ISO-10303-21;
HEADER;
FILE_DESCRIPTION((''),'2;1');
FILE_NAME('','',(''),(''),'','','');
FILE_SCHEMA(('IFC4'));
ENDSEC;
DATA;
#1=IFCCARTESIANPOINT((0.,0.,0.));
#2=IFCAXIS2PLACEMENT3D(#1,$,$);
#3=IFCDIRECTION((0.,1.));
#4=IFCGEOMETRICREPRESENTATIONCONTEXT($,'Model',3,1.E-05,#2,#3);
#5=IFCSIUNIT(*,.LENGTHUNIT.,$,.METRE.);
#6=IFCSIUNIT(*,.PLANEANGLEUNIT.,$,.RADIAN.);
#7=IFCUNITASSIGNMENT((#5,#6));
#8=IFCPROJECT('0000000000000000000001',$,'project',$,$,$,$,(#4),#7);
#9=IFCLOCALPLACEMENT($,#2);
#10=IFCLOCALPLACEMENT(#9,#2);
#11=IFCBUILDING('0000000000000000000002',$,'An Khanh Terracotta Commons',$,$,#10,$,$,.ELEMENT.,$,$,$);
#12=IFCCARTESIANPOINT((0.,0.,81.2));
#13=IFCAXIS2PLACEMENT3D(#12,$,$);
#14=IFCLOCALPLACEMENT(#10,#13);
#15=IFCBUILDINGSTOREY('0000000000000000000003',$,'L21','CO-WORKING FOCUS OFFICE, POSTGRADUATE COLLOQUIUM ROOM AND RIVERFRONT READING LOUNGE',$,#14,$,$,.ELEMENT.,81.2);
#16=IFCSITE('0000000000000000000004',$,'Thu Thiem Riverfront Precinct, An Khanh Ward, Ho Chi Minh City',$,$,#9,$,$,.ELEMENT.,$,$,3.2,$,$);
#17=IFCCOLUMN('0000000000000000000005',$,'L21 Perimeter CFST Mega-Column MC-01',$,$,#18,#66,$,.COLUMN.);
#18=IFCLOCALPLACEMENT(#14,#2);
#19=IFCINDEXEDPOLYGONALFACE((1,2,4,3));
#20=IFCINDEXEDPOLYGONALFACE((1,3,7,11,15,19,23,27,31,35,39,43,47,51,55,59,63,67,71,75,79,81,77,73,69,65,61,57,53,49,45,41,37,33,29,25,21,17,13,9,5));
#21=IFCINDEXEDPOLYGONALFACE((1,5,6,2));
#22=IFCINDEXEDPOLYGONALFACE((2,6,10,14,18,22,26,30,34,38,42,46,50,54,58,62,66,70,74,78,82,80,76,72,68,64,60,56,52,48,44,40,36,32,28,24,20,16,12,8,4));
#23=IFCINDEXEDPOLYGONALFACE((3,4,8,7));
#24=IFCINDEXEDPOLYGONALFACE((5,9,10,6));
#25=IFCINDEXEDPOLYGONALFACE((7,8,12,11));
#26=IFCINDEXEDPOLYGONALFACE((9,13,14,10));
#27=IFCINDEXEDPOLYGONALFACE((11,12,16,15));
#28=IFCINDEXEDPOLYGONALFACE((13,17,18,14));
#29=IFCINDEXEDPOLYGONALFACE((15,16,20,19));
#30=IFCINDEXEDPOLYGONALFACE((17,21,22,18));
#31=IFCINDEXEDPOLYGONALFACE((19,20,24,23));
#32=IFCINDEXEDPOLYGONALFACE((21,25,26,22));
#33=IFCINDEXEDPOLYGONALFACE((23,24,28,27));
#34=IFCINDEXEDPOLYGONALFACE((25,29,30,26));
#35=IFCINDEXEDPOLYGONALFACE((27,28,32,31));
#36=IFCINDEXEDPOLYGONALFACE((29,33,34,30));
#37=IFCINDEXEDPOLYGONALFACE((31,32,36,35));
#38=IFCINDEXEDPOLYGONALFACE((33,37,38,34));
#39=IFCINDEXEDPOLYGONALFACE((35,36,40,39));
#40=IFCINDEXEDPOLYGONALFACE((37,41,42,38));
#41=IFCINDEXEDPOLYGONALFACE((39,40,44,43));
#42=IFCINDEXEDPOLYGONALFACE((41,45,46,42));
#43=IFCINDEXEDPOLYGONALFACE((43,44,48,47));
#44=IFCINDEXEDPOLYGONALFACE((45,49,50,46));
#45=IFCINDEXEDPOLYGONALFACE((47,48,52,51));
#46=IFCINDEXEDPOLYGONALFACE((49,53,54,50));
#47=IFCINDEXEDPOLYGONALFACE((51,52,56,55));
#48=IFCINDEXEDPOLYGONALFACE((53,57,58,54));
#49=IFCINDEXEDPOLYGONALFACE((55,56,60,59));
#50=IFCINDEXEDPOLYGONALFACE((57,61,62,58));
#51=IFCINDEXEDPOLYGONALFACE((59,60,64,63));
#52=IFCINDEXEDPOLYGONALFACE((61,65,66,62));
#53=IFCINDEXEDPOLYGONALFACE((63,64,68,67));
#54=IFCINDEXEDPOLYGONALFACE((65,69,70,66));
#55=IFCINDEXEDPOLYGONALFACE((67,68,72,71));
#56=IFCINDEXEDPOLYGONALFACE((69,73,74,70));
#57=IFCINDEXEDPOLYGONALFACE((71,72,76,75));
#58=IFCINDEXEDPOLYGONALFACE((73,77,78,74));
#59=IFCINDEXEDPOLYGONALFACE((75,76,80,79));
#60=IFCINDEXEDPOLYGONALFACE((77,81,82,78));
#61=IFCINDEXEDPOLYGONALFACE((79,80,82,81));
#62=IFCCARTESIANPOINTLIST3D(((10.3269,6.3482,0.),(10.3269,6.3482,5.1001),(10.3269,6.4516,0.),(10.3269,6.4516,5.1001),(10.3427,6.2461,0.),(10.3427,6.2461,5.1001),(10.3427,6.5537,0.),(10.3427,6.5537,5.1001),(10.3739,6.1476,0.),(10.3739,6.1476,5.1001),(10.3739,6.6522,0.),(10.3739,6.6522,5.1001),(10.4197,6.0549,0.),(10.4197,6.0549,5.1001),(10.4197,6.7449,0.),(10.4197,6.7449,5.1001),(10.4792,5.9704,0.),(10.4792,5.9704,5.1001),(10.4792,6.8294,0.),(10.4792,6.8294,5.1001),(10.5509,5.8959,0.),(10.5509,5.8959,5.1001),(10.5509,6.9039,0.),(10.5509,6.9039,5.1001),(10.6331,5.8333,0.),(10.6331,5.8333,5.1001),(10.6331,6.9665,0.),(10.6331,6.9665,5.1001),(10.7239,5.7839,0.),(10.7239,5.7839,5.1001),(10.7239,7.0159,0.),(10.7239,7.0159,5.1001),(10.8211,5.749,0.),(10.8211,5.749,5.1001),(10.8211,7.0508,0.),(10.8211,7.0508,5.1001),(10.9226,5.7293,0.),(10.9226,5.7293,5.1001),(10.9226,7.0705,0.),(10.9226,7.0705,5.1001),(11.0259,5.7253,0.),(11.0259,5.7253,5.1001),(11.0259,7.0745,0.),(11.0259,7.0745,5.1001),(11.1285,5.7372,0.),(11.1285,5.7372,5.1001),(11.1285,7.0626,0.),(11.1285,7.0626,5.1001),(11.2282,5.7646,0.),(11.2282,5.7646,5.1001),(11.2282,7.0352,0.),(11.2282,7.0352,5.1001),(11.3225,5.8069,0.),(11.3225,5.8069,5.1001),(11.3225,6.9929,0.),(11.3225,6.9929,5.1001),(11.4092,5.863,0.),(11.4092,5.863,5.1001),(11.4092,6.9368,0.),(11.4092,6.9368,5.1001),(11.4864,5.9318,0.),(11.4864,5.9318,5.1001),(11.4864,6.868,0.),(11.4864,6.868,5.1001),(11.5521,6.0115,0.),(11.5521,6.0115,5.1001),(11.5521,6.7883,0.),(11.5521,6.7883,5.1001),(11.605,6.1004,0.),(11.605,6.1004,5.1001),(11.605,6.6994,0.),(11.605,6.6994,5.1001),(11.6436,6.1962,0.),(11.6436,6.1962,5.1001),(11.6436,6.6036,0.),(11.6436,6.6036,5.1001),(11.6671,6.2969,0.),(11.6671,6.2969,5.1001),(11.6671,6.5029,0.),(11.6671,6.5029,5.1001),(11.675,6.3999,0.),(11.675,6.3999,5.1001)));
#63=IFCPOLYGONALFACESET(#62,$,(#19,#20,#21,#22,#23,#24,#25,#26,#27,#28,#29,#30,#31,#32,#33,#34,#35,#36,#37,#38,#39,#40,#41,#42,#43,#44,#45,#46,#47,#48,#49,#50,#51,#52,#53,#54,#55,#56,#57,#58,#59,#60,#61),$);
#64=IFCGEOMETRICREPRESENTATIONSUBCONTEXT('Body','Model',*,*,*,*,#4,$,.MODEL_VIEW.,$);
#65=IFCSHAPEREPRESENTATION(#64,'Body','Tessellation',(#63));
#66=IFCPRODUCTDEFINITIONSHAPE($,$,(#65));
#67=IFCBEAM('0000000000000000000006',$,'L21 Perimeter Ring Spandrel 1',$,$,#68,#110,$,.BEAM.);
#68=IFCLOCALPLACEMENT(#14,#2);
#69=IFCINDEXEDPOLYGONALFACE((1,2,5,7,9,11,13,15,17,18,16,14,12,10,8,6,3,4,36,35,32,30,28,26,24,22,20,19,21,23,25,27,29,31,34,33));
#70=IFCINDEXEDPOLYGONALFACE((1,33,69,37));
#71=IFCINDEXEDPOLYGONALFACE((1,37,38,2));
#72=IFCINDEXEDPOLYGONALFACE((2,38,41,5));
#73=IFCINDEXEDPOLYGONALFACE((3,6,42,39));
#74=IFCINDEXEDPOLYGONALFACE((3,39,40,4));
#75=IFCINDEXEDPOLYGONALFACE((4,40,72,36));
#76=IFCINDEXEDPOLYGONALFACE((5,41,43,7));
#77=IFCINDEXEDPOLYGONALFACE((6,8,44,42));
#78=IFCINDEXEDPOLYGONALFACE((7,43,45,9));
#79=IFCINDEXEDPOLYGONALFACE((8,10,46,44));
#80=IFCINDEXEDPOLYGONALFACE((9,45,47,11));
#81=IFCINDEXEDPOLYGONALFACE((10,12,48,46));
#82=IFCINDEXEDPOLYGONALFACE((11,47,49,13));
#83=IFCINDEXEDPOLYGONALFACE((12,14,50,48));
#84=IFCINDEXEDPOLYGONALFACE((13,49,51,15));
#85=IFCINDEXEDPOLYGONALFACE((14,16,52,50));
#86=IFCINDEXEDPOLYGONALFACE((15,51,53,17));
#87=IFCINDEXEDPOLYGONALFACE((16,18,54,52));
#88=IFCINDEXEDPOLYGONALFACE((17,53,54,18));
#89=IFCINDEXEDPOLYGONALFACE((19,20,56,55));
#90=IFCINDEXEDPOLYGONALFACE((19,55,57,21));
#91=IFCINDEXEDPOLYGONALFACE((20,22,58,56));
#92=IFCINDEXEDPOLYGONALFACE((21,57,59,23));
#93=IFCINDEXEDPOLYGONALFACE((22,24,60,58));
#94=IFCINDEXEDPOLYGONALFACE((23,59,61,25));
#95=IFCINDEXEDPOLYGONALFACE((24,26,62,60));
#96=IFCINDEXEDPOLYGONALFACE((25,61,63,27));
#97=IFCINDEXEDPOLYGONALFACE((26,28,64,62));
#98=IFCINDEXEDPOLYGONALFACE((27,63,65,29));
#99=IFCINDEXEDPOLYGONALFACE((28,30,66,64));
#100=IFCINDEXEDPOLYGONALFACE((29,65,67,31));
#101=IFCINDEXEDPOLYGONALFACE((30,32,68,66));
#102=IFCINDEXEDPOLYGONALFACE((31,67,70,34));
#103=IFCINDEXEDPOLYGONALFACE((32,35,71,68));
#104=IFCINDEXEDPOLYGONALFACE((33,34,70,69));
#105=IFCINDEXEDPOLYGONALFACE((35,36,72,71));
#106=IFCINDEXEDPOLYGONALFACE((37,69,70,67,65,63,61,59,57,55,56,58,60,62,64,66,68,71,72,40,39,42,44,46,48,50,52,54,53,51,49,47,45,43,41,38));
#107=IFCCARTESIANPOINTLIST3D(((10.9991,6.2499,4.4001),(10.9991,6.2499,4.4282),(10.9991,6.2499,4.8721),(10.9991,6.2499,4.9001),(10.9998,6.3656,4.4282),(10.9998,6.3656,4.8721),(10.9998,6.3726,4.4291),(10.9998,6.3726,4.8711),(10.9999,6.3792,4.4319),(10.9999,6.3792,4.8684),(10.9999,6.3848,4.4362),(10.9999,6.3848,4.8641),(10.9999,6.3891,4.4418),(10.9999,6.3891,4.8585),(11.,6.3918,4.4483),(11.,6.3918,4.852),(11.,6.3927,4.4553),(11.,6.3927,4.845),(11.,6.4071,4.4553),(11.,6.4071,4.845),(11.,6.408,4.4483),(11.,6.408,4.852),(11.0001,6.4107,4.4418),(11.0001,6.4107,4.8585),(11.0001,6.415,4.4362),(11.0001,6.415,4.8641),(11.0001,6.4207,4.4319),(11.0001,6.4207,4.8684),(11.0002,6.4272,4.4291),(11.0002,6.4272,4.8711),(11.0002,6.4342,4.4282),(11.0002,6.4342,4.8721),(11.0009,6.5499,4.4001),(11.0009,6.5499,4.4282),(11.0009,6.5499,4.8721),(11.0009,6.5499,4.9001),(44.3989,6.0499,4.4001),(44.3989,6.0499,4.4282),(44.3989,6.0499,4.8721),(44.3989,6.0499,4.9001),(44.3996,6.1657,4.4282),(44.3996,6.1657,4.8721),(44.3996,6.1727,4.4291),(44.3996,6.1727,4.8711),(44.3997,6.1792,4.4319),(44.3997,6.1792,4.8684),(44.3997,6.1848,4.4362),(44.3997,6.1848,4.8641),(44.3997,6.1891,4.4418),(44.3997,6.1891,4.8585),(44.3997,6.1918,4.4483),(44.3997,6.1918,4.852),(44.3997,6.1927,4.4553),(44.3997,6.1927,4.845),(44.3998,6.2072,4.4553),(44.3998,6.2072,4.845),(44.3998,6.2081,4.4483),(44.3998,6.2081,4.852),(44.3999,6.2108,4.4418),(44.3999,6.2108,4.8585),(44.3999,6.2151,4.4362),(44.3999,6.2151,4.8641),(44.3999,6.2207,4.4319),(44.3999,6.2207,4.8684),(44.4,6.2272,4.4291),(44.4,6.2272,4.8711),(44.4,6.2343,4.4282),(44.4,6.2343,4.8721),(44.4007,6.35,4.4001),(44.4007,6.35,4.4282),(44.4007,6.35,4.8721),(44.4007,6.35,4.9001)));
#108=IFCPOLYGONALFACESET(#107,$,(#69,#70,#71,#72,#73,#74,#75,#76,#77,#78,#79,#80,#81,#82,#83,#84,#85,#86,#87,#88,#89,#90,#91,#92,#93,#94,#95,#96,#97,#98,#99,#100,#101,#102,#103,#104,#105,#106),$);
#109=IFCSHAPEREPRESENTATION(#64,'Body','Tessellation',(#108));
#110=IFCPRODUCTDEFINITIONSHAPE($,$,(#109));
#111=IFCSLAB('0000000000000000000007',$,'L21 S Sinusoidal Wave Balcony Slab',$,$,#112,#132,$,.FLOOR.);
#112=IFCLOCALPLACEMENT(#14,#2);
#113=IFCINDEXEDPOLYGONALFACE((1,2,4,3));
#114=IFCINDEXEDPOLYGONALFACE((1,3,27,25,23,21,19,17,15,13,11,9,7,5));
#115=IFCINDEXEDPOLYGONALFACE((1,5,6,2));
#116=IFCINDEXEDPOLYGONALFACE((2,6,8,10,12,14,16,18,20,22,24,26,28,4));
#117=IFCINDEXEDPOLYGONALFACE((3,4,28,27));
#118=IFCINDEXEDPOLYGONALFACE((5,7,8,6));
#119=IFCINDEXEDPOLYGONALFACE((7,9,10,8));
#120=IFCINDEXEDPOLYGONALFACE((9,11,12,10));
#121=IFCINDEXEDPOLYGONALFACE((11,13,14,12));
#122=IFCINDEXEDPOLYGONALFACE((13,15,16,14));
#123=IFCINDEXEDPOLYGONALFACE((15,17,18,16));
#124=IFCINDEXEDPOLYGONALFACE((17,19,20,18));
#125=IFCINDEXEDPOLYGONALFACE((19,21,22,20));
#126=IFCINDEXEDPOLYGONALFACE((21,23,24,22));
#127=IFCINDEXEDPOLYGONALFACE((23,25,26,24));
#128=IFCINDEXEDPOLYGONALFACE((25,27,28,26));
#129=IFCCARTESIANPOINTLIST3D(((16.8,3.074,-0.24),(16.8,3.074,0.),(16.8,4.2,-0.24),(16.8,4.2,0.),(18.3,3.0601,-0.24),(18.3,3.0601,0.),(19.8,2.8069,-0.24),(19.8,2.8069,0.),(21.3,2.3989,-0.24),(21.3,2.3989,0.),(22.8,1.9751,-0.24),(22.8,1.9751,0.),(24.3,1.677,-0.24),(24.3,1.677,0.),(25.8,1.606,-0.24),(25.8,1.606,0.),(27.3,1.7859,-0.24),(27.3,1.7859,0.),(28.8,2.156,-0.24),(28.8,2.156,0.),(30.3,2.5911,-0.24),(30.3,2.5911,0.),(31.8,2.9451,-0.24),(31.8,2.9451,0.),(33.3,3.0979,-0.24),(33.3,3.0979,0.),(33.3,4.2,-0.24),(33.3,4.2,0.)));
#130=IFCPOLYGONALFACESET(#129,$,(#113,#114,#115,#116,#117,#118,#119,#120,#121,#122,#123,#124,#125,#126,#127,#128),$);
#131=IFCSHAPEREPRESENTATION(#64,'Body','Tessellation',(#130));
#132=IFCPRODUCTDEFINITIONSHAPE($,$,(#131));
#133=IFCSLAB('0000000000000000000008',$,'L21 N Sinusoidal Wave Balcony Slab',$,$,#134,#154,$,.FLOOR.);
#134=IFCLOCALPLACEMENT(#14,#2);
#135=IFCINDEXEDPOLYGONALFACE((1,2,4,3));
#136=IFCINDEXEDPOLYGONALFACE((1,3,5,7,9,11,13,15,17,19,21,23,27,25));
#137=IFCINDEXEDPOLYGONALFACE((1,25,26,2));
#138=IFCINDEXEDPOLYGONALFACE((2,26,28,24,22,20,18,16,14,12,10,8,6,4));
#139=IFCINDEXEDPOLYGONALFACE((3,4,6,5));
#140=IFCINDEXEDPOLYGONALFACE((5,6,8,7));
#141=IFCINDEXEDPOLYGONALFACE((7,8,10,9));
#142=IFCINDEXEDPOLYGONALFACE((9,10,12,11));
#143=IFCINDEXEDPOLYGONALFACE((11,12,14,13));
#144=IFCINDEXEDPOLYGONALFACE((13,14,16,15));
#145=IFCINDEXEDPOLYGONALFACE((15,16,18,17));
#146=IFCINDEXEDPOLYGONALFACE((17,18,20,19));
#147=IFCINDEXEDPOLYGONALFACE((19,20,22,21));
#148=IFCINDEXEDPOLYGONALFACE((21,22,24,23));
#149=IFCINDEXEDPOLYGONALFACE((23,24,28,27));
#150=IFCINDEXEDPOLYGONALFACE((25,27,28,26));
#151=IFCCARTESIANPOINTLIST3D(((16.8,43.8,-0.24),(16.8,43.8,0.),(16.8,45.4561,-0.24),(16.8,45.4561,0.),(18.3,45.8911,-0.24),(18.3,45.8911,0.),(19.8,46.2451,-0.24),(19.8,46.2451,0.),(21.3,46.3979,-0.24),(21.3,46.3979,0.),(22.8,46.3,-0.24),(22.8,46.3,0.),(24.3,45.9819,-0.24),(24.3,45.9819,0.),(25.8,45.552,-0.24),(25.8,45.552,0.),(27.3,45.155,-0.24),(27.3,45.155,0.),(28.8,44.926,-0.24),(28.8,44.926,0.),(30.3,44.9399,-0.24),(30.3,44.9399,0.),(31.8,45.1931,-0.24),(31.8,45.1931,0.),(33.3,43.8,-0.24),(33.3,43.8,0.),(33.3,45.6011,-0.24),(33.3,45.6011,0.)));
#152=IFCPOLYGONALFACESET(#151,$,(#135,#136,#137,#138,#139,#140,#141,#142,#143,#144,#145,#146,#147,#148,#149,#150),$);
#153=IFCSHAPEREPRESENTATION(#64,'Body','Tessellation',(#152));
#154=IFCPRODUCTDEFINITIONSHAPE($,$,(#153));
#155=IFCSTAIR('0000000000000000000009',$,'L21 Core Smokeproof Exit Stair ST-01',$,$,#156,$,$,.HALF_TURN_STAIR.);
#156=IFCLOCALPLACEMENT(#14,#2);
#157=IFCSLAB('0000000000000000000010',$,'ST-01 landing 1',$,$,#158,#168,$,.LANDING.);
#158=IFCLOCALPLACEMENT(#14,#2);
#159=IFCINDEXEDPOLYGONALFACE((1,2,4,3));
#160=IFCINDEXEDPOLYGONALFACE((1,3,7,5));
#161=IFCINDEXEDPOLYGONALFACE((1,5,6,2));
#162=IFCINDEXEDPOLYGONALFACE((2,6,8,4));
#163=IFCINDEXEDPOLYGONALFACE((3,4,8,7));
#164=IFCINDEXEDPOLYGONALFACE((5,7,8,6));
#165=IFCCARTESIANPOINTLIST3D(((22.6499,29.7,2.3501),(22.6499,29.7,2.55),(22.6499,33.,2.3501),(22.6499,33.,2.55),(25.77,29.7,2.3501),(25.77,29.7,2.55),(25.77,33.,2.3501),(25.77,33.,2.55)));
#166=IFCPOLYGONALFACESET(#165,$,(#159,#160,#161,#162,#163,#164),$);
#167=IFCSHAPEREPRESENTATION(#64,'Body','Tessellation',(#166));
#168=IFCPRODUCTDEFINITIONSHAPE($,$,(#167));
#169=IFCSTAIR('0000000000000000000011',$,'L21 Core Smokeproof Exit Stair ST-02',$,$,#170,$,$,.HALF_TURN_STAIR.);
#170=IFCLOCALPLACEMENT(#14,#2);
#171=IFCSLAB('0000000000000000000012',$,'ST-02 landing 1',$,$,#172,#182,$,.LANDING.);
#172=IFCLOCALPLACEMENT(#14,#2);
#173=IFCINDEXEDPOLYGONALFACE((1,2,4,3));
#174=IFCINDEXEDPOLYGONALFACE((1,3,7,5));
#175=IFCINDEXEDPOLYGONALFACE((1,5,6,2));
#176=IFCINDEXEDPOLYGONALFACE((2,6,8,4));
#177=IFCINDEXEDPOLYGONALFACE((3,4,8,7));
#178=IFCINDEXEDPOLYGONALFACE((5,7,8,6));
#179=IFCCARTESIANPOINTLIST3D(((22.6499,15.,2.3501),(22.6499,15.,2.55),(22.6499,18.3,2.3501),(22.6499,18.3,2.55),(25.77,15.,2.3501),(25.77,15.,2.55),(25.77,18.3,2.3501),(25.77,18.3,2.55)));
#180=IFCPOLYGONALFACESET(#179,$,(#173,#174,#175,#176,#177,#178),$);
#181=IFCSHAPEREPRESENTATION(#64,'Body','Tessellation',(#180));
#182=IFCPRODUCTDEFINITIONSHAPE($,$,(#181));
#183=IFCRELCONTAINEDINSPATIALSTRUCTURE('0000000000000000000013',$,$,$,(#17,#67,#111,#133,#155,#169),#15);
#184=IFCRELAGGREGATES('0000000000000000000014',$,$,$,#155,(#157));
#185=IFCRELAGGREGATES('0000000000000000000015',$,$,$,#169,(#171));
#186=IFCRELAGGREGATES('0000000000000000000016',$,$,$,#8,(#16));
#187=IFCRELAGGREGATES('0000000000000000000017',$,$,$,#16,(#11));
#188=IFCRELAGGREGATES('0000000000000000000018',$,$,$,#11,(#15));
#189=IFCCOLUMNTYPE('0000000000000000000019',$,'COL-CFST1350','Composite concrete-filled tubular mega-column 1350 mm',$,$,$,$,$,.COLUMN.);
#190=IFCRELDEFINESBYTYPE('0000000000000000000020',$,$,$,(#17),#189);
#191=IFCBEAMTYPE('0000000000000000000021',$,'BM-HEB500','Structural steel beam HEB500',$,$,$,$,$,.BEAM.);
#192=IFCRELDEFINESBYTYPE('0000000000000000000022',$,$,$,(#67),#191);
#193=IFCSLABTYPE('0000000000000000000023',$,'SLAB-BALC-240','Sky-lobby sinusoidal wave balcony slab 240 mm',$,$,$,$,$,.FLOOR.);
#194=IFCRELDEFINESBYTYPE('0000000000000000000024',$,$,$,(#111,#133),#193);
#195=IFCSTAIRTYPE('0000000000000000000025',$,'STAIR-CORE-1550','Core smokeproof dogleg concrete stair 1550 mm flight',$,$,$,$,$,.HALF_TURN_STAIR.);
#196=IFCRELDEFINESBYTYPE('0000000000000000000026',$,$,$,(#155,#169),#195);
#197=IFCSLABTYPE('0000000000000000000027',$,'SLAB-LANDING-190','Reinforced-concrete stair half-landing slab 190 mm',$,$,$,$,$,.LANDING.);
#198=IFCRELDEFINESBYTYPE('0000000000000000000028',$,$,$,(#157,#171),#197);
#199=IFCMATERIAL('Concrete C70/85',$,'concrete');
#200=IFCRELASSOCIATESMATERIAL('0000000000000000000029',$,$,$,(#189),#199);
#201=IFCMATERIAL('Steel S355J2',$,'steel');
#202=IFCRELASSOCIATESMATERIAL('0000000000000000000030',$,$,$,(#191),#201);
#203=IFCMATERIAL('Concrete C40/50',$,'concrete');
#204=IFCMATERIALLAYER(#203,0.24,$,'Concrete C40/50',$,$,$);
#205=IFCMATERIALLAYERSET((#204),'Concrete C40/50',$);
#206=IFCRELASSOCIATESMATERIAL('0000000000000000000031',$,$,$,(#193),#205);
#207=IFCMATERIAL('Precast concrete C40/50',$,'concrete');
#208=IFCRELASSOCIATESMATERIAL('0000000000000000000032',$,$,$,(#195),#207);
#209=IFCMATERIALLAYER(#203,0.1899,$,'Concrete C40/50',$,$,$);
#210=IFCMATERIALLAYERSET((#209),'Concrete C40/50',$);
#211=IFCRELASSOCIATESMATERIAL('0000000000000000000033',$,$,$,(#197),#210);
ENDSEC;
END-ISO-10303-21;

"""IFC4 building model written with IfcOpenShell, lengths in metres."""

from ifc_helpers import new_model, si_unit, direction, frame, origin, origin_2d, place, context, subcontext, project, spatial, polyline, circle, i_section, outline, extrude, material, layer, layer_set, material_profile, profile_set, type_object, element, aggregate, save


model = new_model("IFC4")

# Units and contexts
model_context = context("Model", 3, precision=1e-05, world=origin(), true_north=direction((0.0, 1.0)))
body_context = subcontext(model_context, "Body", "Model", "MODEL_VIEW")
ifc_project = project(units=[si_unit("LENGTHUNIT", "METRE"), si_unit("PLANEANGLEUNIT", "RADIAN")], contexts=[model_context])

# Site, building, storey
site_placement = place(None, origin())
site = spatial("IfcSite", under=ifc_project, at=site_placement, Name="Thu Thiem Riverfront Precinct, An Khanh Ward, Ho Chi Minh City", CompositionType="ELEMENT", RefElevation=3.2)
building_placement = place(site_placement, origin())
building = spatial("IfcBuilding", under=site, at=building_placement, Name="An Khanh Terracotta Commons", CompositionType="ELEMENT")
storey_placement = place(building_placement, frame((0.0, 0.0, 81.2)))
storey = spatial("IfcBuildingStorey", under=building, at=storey_placement, Name="L21", Description="CO-WORKING FOCUS OFFICE, POSTGRADUATE COLLOQUIUM ROOM AND RIVERFRONT READING LOUNGE", CompositionType="ELEMENT", Elevation=81.2)

# Column
ifc_material_1 = material(Name="Concrete C70/85", Category="concrete")
ifc_material_profile_1 = material_profile(ifc_material_1, circle(Radius=0.675, at=origin_2d()), Name="CFST1350")
ifc_profile_set_1 = profile_set([ifc_material_profile_1], Name="Concrete C70/85")
column_type = type_object("IfcColumnType", Name="COL-CFST1350", Description="Composite concrete-filled tubular mega-column 1350 mm", PredefinedType="COLUMN", material=ifc_profile_set_1)
column_placement = place(storey_placement, frame((11.0, 6.3999, 0.0), z_axis=(0.0, 0.0, 1.0), x_axis=(1.0, 0.0, 0.0)))
element("IfcColumn", 1, at=column_placement, inside=storey, type_object=column_type, Name="L21 Perimeter CFST Mega-Column MC-01", PredefinedType="COLUMN", context=body_context, shape_type="SweptSolid", body=[
    extrude(circle(Radius=0.675, at=origin_2d()), origin(), (0.0, 0.0, 1.0), 5.1001),
])

# Beam
ifc_material_2 = material(Name="Steel S355J2", Category="steel")
ifc_material_profile_2 = material_profile(ifc_material_2, i_section(OverallWidth=0.3, OverallDepth=0.5, WebThickness=0.0144, FlangeThickness=0.0281, FilletRadius=0.0271, at=origin_2d()), Name="HEB500")
ifc_profile_set_2 = profile_set([ifc_material_profile_2], Name="Steel S355J2")
beam_type = type_object("IfcBeamType", Name="BM-HEB500", Description="Structural steel beam HEB500", PredefinedType="BEAM", material=ifc_profile_set_2)
beam_placement = place(storey_placement, frame((11.0, 6.3999, 4.6501), z_axis=(0.999982, -0.005986, 0.0), x_axis=(0.005986, 0.999982, 0.0)))
element("IfcBeam", 2, at=beam_placement, inside=storey, type_object=beam_type, Name="L21 Perimeter Ring Spandrel 1", PredefinedType="BEAM", context=body_context, shape_type="SweptSolid", body=[
    extrude(i_section(OverallWidth=0.3, OverallDepth=0.5, WebThickness=0.0144, FlangeThickness=0.0281, FilletRadius=0.0271, at=origin_2d()), origin(), (0.0, 0.0, 1.0), 33.4004),
])

# Slabs
ifc_material_3 = material(Name="Concrete C40/50", Category="concrete")
ifc_layer_1 = layer(ifc_material_3, 0.24, Name="Concrete C40/50")
ifc_layer_set_1 = layer_set([ifc_layer_1], Name="Concrete C40/50")
slab_type_1 = type_object("IfcSlabType", Name="SLAB-BALC-240", Description="Sky-lobby sinusoidal wave balcony slab 240 mm", PredefinedType="FLOOR", material=ifc_layer_set_1)
slab_1_placement = place(storey_placement, frame((0.0, 0.0, -0.24)))
element("IfcSlab", 3, at=slab_1_placement, inside=storey, type_object=slab_type_1, Name="L21 S Sinusoidal Wave Balcony Slab", PredefinedType="FLOOR", context=body_context, shape_type="SweptSolid", body=[
    extrude(outline(polyline([(16.8, 4.2), (16.8, 3.074), (18.3, 3.0601), (19.8, 2.8069), (21.3, 2.3989), (22.8, 1.9751), (24.3, 1.677), (25.8, 1.606), (27.3, 1.7859), (28.8, 2.156), (30.3, 2.5911), (31.8, 2.9451), (33.3, 3.0979), (33.3, 4.2), (16.8, 4.2)])), origin(), (0.0, 0.0, 1.0), 0.24),
])
slab_2_placement = place(storey_placement, frame((0.0, 0.0, -0.24)))
element("IfcSlab", 4, at=slab_2_placement, inside=storey, type_object=slab_type_1, Name="L21 N Sinusoidal Wave Balcony Slab", PredefinedType="FLOOR", context=body_context, shape_type="SweptSolid", body=[
    extrude(outline(polyline([(33.3, 43.8), (33.3, 45.6011), (31.8, 45.1931), (30.3, 44.9399), (28.8, 44.926), (27.3, 45.155), (25.8, 45.552), (24.3, 45.9819), (22.8, 46.3), (21.3, 46.3979), (19.8, 46.2451), (18.3, 45.8911), (16.8, 45.4561), (16.8, 43.8), (33.3, 43.8)])), origin(), (0.0, 0.0, 1.0), 0.24),
])

# Stairs, slabs
ifc_material_4 = material(Name="Precast concrete C40/50", Category="concrete")
stair_type = type_object("IfcStairType", Name="STAIR-CORE-1550", Description="Core smokeproof dogleg concrete stair 1550 mm flight", PredefinedType="HALF_TURN_STAIR", material=ifc_material_4)
stair_1_placement = place(storey_placement, origin())
stair_1 = element("IfcStair", 5, at=stair_1_placement, inside=storey, type_object=stair_type, Name="L21 Core Smokeproof Exit Stair ST-01", PredefinedType="HALF_TURN_STAIR")
ifc_layer_2 = layer(ifc_material_3, 0.1899, Name="Concrete C40/50")
ifc_layer_set_2 = layer_set([ifc_layer_2], Name="Concrete C40/50")
slab_type_2 = type_object("IfcSlabType", Name="SLAB-LANDING-190", Description="Reinforced-concrete stair half-landing slab 190 mm", PredefinedType="LANDING", material=ifc_layer_set_2)
slab_3_placement = place(storey_placement, frame((0.0, 0.0, 2.3501)))
slab_3 = element("IfcSlab", 6, at=slab_3_placement, type_object=slab_type_2, Name="ST-01 landing 1", PredefinedType="LANDING", context=body_context, shape_type="SweptSolid", body=[
    extrude(outline(polyline([(25.77, 33.0), (22.6499, 33.0), (22.6499, 29.7), (25.77, 29.7), (25.77, 33.0)])), origin(), (0.0, 0.0, 1.0), 0.2),
])
aggregate(stair_1, [slab_3])
stair_2_placement = place(storey_placement, origin())
stair_2 = element("IfcStair", 7, at=stair_2_placement, inside=storey, type_object=stair_type, Name="L21 Core Smokeproof Exit Stair ST-02", PredefinedType="HALF_TURN_STAIR")
slab_4_placement = place(storey_placement, frame((0.0, 0.0, 2.3501)))
slab_4 = element("IfcSlab", 8, at=slab_4_placement, type_object=slab_type_2, Name="ST-02 landing 1", PredefinedType="LANDING", context=body_context, shape_type="SweptSolid", body=[
    extrude(outline(polyline([(25.77, 18.3), (22.6499, 18.3), (22.6499, 15.0), (25.77, 15.0), (25.77, 18.3)])), origin(), (0.0, 0.0, 1.0), 0.2),
])
aggregate(stair_2, [slab_4])

save(model, "model.ifc")
